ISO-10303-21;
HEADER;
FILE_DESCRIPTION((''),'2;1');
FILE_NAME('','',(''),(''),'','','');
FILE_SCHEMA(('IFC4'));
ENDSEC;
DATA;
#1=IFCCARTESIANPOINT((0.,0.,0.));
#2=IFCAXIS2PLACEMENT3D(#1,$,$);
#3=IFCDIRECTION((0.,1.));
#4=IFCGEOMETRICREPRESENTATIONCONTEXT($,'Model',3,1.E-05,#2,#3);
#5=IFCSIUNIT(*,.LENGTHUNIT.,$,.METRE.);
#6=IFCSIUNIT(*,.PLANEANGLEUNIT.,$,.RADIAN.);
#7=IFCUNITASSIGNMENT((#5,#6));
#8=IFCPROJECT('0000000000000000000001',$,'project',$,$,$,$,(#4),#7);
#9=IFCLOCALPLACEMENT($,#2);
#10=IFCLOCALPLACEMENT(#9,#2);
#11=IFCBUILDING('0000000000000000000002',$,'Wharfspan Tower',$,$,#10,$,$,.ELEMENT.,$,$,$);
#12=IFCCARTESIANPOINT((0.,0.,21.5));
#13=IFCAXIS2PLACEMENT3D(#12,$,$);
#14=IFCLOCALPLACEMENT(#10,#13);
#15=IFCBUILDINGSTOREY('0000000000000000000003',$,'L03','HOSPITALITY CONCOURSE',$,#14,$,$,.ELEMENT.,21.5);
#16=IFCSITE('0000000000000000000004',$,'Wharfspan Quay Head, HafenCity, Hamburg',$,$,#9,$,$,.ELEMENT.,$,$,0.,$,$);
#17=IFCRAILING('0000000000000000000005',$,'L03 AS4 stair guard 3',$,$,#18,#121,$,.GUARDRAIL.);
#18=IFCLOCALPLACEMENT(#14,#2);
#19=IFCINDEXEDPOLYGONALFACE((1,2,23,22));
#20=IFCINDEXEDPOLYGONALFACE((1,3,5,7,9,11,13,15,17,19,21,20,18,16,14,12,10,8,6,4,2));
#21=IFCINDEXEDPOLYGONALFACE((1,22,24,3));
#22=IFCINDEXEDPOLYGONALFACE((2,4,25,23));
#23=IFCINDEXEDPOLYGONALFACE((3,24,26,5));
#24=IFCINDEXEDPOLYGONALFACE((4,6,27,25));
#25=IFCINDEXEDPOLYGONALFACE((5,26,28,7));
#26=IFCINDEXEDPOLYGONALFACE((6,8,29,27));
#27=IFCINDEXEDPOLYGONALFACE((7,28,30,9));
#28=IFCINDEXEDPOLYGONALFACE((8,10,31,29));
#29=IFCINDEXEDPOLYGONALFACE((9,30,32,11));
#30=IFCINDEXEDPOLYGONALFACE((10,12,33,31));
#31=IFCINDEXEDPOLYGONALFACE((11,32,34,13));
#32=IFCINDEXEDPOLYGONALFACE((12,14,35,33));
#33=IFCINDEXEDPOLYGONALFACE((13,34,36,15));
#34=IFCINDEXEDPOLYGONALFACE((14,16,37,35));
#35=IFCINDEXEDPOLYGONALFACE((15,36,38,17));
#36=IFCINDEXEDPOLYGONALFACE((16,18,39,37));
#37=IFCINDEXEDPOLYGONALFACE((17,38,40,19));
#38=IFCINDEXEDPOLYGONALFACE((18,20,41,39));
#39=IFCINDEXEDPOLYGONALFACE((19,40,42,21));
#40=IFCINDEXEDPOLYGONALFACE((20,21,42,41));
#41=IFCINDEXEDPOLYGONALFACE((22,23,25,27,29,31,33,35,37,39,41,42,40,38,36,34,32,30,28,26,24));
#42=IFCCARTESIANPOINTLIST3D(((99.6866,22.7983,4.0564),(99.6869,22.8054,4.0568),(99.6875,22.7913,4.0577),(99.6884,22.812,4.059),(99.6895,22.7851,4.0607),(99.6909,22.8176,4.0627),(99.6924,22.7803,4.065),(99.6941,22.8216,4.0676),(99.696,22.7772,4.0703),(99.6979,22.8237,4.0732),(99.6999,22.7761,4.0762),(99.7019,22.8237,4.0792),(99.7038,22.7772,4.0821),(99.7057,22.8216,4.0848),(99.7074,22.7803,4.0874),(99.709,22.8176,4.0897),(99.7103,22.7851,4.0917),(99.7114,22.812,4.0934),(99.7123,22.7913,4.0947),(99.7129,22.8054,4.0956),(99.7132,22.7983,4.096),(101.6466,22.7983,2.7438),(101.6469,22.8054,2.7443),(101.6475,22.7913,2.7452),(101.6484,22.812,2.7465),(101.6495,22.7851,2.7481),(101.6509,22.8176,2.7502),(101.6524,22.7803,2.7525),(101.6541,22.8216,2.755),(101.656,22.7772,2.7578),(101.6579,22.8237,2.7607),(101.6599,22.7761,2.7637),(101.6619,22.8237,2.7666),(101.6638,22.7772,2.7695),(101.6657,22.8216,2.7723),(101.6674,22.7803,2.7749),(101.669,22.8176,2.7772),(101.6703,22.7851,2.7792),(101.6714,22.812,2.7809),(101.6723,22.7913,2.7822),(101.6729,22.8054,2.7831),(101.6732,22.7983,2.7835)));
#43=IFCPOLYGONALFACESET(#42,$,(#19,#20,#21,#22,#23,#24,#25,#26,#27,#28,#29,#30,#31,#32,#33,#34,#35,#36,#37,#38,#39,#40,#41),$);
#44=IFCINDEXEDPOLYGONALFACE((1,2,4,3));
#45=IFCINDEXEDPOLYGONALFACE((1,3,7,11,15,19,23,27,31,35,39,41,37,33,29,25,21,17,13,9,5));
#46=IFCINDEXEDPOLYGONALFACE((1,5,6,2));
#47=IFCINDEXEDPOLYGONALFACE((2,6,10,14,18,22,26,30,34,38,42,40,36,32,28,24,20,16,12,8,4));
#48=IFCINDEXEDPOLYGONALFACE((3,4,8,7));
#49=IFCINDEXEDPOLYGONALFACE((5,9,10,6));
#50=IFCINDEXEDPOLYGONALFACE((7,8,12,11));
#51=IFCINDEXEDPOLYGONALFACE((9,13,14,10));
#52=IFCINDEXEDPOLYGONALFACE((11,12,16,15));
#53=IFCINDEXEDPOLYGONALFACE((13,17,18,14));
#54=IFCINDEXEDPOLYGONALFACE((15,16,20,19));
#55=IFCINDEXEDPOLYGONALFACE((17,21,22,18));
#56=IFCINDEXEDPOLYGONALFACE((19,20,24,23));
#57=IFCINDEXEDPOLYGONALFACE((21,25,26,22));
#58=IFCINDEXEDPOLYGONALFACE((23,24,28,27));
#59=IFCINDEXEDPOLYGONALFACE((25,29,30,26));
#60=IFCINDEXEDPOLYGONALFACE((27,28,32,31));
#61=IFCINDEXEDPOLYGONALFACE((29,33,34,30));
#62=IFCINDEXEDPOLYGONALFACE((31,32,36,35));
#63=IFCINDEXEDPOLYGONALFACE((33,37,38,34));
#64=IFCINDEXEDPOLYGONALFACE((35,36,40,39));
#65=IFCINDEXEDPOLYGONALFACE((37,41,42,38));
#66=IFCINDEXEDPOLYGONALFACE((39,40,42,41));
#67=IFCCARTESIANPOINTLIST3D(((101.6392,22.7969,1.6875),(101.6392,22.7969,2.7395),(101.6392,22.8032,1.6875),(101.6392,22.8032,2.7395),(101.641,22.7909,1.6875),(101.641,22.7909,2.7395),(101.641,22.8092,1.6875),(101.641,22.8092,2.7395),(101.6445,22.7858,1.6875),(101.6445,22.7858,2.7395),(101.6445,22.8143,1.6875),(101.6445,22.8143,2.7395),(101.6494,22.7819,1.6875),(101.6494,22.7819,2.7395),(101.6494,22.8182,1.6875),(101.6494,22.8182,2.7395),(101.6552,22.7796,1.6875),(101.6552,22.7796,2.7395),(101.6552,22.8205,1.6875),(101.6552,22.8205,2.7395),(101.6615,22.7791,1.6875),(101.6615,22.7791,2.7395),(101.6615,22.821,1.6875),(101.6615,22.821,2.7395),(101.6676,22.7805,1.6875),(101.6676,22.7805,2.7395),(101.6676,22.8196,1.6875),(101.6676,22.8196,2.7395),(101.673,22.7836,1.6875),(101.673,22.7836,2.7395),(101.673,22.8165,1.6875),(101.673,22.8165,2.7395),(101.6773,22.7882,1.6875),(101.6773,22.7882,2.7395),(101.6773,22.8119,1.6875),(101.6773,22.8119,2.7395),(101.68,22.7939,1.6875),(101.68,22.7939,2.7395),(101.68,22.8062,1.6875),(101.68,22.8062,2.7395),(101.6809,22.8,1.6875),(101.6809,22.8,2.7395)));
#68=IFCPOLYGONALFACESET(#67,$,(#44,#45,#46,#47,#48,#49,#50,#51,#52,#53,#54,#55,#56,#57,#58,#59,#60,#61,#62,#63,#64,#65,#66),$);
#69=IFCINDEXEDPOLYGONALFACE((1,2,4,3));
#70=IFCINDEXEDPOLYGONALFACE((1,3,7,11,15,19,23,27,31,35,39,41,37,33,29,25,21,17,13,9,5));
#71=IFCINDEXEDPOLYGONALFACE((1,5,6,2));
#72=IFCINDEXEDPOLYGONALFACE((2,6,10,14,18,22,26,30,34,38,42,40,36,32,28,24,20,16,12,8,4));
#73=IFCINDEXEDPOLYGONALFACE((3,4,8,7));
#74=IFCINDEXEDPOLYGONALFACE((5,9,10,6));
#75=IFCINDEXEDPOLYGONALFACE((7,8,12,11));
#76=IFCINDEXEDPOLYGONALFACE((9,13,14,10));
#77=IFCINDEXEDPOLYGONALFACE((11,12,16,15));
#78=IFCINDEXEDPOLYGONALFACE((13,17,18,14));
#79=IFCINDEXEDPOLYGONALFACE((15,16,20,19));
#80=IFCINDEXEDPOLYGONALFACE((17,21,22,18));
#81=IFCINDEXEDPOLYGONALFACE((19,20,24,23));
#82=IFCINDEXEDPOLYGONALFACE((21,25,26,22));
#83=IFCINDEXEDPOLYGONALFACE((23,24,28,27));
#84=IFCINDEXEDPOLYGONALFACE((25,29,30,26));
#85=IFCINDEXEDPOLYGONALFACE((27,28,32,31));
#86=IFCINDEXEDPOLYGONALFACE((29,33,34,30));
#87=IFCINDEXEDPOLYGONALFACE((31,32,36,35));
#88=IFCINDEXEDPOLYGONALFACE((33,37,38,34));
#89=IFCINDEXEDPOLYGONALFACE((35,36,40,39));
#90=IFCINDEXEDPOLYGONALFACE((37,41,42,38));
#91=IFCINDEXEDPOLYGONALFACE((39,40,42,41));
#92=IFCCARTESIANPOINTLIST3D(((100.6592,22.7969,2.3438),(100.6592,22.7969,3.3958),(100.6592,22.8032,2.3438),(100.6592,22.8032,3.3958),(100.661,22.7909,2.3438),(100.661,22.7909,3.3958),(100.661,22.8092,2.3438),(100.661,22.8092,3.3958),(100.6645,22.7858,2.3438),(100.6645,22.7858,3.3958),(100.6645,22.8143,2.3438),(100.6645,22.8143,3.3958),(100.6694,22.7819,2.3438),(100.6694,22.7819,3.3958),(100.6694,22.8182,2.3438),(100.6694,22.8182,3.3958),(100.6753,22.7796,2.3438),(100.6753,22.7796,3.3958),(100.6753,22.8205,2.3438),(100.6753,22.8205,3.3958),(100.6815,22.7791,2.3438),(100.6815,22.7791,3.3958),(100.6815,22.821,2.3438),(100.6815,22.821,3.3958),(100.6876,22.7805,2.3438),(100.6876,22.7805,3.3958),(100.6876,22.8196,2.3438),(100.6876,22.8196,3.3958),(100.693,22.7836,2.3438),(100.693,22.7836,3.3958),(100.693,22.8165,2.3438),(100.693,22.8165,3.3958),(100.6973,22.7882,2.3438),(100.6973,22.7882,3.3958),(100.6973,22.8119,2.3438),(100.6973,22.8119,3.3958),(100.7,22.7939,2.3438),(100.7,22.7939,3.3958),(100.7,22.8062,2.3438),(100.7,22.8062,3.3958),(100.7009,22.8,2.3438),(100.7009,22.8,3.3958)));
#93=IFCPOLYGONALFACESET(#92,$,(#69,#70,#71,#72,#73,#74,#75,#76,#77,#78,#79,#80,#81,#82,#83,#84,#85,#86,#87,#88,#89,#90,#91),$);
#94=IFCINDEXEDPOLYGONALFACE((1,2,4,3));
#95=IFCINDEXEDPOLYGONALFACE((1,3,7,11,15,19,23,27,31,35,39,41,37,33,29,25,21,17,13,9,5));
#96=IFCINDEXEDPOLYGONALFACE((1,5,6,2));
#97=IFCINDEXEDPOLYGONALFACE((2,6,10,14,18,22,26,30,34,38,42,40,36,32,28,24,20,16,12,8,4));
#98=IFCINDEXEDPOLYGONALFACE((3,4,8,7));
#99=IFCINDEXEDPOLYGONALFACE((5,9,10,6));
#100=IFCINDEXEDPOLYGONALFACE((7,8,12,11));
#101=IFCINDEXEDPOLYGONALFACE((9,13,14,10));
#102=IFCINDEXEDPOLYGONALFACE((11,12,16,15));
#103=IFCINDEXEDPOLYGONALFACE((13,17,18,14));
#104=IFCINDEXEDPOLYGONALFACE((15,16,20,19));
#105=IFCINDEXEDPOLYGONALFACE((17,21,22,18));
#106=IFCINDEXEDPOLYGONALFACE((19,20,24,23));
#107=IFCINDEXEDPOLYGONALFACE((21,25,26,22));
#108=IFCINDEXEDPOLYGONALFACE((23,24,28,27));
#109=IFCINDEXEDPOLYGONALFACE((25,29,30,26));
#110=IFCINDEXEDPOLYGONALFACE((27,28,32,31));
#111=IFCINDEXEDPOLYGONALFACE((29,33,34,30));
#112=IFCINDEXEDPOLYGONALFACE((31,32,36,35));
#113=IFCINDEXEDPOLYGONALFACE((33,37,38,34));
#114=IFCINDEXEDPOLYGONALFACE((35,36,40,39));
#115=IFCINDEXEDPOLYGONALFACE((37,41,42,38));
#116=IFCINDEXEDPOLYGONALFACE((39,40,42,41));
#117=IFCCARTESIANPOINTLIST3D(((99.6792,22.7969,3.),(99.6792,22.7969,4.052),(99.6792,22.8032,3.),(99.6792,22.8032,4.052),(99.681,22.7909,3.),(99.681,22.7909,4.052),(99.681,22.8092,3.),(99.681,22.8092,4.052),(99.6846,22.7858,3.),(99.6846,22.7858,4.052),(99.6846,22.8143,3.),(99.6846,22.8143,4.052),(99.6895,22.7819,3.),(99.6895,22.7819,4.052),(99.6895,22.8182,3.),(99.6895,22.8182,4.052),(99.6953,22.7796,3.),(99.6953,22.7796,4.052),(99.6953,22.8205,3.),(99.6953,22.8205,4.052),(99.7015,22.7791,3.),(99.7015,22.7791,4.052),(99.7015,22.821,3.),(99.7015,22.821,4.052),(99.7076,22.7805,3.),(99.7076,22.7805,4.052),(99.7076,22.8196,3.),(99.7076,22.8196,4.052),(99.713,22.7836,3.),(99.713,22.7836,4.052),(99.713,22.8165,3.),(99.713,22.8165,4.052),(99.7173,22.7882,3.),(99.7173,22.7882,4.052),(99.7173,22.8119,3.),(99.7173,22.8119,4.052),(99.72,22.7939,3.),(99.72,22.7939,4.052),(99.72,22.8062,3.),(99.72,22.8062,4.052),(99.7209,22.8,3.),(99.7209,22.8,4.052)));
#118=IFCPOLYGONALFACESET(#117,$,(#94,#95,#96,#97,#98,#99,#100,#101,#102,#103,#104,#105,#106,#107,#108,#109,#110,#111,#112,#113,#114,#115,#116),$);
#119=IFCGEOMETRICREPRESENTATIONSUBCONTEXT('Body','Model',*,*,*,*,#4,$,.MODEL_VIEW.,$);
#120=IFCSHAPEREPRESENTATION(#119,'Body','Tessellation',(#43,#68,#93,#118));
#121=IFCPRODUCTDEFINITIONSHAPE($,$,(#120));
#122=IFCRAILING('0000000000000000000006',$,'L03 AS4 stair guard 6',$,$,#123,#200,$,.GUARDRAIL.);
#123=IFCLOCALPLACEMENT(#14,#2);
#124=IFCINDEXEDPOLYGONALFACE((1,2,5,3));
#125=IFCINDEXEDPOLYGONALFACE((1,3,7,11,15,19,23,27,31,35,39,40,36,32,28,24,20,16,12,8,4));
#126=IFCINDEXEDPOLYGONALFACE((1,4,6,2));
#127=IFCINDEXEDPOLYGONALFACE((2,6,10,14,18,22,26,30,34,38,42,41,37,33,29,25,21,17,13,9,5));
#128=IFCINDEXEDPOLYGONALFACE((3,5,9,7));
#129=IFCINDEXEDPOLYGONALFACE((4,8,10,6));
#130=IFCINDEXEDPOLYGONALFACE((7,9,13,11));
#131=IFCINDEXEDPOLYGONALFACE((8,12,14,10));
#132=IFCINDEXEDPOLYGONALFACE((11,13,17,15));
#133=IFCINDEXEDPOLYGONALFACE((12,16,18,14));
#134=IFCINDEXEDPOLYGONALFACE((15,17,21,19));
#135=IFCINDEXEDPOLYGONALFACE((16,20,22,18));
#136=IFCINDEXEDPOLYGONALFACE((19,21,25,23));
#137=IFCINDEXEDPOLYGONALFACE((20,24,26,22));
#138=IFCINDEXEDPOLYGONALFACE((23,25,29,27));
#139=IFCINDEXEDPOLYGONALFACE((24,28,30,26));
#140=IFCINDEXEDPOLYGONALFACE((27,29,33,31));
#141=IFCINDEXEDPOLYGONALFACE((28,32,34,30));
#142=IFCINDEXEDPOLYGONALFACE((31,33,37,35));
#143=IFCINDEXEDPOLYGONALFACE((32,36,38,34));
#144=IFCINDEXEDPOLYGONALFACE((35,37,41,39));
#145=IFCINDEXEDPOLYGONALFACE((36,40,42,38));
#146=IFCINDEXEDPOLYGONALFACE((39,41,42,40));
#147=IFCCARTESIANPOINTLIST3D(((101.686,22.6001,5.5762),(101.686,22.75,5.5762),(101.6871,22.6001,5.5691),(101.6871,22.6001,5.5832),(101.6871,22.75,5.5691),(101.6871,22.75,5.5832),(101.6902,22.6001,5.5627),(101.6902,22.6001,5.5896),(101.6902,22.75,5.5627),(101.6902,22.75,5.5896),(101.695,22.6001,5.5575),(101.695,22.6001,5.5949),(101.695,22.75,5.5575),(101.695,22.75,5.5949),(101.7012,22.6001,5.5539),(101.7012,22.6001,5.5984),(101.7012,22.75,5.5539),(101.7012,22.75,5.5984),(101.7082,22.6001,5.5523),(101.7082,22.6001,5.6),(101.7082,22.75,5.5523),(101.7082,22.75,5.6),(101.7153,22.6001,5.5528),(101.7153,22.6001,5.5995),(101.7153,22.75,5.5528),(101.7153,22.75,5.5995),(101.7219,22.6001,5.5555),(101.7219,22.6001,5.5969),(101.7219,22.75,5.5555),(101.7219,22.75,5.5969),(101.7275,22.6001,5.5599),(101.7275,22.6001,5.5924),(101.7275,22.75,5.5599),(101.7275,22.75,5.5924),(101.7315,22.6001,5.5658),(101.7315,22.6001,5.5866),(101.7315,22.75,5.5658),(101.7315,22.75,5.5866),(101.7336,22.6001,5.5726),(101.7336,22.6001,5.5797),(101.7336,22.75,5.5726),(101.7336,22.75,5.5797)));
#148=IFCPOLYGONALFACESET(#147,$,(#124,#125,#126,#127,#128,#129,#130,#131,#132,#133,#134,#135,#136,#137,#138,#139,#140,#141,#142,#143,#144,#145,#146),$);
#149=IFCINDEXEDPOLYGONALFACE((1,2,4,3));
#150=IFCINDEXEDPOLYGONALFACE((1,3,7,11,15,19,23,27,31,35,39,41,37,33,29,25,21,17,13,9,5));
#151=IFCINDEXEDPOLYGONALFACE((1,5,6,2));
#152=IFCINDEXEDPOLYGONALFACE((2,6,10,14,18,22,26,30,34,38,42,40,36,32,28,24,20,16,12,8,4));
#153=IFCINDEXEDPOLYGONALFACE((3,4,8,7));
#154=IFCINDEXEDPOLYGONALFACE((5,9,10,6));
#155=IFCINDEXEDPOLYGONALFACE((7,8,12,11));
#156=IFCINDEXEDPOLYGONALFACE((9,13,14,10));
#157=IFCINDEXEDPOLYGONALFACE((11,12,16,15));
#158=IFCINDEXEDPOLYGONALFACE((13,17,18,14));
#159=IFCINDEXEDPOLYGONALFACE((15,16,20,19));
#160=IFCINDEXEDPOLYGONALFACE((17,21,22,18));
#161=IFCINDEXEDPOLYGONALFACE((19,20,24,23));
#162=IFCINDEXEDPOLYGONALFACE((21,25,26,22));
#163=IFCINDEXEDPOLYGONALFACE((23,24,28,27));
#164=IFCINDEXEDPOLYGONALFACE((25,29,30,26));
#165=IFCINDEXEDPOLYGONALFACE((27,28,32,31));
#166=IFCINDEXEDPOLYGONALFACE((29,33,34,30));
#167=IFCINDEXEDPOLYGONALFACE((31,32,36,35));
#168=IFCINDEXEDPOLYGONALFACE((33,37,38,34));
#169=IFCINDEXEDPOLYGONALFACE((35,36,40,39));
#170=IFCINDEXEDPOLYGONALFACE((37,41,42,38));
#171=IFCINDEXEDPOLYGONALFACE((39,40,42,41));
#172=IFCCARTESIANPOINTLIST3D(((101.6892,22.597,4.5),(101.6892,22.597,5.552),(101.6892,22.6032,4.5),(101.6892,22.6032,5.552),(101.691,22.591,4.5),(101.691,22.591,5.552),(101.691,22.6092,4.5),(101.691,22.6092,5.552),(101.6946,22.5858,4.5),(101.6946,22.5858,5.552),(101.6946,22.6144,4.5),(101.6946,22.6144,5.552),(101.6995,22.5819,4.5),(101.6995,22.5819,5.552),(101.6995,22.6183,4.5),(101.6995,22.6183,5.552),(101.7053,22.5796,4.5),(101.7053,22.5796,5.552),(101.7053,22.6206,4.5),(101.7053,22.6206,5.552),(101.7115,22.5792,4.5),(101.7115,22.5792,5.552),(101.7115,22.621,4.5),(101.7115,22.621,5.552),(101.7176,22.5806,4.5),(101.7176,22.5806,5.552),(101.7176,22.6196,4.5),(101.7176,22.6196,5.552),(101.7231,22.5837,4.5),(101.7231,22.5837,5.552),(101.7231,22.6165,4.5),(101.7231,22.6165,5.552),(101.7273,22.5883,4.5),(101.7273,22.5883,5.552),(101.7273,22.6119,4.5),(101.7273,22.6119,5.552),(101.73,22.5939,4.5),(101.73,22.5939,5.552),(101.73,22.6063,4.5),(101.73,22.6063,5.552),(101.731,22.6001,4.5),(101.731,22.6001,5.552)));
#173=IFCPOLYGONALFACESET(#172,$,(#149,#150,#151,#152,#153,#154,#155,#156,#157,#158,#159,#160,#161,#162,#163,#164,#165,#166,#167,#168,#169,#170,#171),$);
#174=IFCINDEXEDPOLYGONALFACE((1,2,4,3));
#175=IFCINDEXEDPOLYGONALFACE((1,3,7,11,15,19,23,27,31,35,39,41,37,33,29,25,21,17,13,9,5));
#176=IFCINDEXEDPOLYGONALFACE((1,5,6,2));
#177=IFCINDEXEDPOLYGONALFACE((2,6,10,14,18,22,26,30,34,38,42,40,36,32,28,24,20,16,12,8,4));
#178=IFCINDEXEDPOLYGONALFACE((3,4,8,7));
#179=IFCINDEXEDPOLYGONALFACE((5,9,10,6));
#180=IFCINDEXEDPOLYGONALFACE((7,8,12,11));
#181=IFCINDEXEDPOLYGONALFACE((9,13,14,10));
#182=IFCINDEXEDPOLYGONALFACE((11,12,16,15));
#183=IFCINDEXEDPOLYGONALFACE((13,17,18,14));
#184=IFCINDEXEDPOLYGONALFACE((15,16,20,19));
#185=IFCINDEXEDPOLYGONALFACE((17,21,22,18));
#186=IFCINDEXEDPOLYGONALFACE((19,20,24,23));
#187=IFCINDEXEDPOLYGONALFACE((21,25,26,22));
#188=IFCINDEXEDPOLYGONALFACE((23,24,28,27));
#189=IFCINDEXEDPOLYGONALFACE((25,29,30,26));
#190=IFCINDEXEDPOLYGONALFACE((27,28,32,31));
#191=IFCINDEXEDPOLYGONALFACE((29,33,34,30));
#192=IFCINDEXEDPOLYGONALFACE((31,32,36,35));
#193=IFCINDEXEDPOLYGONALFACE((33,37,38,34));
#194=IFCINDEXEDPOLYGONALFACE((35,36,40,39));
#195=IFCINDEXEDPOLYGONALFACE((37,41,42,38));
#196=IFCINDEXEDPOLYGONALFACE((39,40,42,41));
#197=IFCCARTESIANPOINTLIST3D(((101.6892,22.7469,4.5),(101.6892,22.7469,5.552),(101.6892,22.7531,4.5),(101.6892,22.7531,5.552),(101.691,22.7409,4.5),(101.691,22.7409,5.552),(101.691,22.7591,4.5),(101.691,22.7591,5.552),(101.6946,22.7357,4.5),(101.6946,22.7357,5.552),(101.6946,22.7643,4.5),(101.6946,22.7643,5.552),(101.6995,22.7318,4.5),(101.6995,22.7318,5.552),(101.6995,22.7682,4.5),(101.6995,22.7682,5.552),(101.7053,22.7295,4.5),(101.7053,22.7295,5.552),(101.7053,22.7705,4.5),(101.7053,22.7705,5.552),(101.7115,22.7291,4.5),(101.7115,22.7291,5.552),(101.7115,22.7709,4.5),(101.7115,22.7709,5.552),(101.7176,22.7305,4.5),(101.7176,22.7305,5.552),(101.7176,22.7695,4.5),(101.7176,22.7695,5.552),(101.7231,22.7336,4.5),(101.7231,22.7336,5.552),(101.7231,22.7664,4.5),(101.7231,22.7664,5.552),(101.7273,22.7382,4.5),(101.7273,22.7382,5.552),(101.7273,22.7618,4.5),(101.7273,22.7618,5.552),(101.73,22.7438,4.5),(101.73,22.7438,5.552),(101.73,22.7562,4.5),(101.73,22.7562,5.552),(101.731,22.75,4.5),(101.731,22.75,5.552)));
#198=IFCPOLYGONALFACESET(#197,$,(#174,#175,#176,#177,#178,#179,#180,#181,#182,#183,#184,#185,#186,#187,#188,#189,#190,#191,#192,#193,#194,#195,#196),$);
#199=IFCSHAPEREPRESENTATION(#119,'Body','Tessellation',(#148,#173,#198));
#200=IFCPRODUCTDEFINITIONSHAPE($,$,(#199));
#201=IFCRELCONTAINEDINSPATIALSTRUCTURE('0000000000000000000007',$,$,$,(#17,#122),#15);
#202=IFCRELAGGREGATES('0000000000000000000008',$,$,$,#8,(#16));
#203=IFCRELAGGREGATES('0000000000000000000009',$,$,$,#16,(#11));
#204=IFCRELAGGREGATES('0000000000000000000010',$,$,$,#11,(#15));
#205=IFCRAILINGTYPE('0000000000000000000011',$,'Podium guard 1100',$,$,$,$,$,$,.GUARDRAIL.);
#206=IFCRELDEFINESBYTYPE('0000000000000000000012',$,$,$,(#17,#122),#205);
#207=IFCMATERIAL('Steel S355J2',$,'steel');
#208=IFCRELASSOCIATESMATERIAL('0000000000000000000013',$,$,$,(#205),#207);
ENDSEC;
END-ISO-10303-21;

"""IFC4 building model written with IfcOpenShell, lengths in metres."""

from ifc_helpers import new_model, si_unit, direction, frame, origin, origin_2d, place, context, subcontext, project, spatial, circle, extrude, material, type_object, element, save


model = new_model("IFC4")

# Units and contexts
model_context = context("Model", 3, precision=1e-05, world=origin(), true_north=direction((0.0, 1.0)))
body_context = subcontext(model_context, "Body", "Model", "MODEL_VIEW")
ifc_project = project(units=[si_unit("LENGTHUNIT", "METRE"), si_unit("PLANEANGLEUNIT", "RADIAN")], contexts=[model_context])

# Site, building, storey
site_placement = place(None, origin())
site = spatial("IfcSite", under=ifc_project, at=site_placement, Name="Wharfspan Quay Head, HafenCity, Hamburg", CompositionType="ELEMENT", RefElevation=0.0)
building_placement = place(site_placement, origin())
building = spatial("IfcBuilding", under=site, at=building_placement, Name="Wharfspan Tower", CompositionType="ELEMENT")
storey_placement = place(building_placement, frame((0.0, 0.0, 21.5)))
storey = spatial("IfcBuildingStorey", under=building, at=storey_placement, Name="L03", Description="HOSPITALITY CONCOURSE", CompositionType="ELEMENT", Elevation=21.5)

# Railings
ifc_material_1 = material(Name="Steel S355J2", Category="steel")
railing_type_1 = type_object("IfcRailingType", Name="Podium guard 1100", PredefinedType="GUARDRAIL", material=ifc_material_1)
railing_1_placement = place(storey_placement, frame((101.6599, 22.8, 1.6875)))
element("IfcRailing", 1, at=railing_1_placement, inside=storey, type_object=railing_type_1, Name="L03 AS4 stair guard 3", PredefinedType="GUARDRAIL", context=body_context, shape_type="SweptSolid", body=[
    extrude(circle(Radius=0.0239, at=origin_2d()), frame((0.0, 0.0, 1.0762), z_axis=(-0.830902, 0.0, 0.556419), x_axis=(0.0, -1.0, 0.0)), (0.0, 0.0, 1.0), 2.3589),
    extrude(circle(Radius=0.021, at=origin_2d()), origin(), (0.0, 0.0, 1.0), 1.052),
    extrude(circle(Radius=0.021, at=origin_2d()), frame((-0.98, 0.0, 0.6562)), (0.0, 0.0, 1.0), 1.052),
    extrude(circle(Radius=0.021, at=origin_2d()), frame((-1.96, 0.0, 1.3125)), (0.0, 0.0, 1.0), 1.052),
])
railing_2_placement = place(storey_placement, frame((101.71, 22.6001, 4.5)))
element("IfcRailing", 2, at=railing_2_placement, inside=storey, type_object=railing_type_1, Name="L03 AS4 stair guard 6", PredefinedType="GUARDRAIL", context=body_context, shape_type="SweptSolid", body=[
    extrude(circle(Radius=0.0239, at=origin_2d()), frame((0.0, 0.0, 1.0762), z_axis=(0.0, 1.0, 0.0), x_axis=(-1.0, 0.0, 0.0)), (0.0, 0.0, 1.0), 0.1499),
    extrude(circle(Radius=0.021, at=origin_2d()), origin(), (0.0, 0.0, 1.0), 1.052),
    extrude(circle(Radius=0.021, at=origin_2d()), frame((0.0, 0.1499, 0.0)), (0.0, 0.0, 1.0), 1.052),
])

save(model, "model.ifc")
